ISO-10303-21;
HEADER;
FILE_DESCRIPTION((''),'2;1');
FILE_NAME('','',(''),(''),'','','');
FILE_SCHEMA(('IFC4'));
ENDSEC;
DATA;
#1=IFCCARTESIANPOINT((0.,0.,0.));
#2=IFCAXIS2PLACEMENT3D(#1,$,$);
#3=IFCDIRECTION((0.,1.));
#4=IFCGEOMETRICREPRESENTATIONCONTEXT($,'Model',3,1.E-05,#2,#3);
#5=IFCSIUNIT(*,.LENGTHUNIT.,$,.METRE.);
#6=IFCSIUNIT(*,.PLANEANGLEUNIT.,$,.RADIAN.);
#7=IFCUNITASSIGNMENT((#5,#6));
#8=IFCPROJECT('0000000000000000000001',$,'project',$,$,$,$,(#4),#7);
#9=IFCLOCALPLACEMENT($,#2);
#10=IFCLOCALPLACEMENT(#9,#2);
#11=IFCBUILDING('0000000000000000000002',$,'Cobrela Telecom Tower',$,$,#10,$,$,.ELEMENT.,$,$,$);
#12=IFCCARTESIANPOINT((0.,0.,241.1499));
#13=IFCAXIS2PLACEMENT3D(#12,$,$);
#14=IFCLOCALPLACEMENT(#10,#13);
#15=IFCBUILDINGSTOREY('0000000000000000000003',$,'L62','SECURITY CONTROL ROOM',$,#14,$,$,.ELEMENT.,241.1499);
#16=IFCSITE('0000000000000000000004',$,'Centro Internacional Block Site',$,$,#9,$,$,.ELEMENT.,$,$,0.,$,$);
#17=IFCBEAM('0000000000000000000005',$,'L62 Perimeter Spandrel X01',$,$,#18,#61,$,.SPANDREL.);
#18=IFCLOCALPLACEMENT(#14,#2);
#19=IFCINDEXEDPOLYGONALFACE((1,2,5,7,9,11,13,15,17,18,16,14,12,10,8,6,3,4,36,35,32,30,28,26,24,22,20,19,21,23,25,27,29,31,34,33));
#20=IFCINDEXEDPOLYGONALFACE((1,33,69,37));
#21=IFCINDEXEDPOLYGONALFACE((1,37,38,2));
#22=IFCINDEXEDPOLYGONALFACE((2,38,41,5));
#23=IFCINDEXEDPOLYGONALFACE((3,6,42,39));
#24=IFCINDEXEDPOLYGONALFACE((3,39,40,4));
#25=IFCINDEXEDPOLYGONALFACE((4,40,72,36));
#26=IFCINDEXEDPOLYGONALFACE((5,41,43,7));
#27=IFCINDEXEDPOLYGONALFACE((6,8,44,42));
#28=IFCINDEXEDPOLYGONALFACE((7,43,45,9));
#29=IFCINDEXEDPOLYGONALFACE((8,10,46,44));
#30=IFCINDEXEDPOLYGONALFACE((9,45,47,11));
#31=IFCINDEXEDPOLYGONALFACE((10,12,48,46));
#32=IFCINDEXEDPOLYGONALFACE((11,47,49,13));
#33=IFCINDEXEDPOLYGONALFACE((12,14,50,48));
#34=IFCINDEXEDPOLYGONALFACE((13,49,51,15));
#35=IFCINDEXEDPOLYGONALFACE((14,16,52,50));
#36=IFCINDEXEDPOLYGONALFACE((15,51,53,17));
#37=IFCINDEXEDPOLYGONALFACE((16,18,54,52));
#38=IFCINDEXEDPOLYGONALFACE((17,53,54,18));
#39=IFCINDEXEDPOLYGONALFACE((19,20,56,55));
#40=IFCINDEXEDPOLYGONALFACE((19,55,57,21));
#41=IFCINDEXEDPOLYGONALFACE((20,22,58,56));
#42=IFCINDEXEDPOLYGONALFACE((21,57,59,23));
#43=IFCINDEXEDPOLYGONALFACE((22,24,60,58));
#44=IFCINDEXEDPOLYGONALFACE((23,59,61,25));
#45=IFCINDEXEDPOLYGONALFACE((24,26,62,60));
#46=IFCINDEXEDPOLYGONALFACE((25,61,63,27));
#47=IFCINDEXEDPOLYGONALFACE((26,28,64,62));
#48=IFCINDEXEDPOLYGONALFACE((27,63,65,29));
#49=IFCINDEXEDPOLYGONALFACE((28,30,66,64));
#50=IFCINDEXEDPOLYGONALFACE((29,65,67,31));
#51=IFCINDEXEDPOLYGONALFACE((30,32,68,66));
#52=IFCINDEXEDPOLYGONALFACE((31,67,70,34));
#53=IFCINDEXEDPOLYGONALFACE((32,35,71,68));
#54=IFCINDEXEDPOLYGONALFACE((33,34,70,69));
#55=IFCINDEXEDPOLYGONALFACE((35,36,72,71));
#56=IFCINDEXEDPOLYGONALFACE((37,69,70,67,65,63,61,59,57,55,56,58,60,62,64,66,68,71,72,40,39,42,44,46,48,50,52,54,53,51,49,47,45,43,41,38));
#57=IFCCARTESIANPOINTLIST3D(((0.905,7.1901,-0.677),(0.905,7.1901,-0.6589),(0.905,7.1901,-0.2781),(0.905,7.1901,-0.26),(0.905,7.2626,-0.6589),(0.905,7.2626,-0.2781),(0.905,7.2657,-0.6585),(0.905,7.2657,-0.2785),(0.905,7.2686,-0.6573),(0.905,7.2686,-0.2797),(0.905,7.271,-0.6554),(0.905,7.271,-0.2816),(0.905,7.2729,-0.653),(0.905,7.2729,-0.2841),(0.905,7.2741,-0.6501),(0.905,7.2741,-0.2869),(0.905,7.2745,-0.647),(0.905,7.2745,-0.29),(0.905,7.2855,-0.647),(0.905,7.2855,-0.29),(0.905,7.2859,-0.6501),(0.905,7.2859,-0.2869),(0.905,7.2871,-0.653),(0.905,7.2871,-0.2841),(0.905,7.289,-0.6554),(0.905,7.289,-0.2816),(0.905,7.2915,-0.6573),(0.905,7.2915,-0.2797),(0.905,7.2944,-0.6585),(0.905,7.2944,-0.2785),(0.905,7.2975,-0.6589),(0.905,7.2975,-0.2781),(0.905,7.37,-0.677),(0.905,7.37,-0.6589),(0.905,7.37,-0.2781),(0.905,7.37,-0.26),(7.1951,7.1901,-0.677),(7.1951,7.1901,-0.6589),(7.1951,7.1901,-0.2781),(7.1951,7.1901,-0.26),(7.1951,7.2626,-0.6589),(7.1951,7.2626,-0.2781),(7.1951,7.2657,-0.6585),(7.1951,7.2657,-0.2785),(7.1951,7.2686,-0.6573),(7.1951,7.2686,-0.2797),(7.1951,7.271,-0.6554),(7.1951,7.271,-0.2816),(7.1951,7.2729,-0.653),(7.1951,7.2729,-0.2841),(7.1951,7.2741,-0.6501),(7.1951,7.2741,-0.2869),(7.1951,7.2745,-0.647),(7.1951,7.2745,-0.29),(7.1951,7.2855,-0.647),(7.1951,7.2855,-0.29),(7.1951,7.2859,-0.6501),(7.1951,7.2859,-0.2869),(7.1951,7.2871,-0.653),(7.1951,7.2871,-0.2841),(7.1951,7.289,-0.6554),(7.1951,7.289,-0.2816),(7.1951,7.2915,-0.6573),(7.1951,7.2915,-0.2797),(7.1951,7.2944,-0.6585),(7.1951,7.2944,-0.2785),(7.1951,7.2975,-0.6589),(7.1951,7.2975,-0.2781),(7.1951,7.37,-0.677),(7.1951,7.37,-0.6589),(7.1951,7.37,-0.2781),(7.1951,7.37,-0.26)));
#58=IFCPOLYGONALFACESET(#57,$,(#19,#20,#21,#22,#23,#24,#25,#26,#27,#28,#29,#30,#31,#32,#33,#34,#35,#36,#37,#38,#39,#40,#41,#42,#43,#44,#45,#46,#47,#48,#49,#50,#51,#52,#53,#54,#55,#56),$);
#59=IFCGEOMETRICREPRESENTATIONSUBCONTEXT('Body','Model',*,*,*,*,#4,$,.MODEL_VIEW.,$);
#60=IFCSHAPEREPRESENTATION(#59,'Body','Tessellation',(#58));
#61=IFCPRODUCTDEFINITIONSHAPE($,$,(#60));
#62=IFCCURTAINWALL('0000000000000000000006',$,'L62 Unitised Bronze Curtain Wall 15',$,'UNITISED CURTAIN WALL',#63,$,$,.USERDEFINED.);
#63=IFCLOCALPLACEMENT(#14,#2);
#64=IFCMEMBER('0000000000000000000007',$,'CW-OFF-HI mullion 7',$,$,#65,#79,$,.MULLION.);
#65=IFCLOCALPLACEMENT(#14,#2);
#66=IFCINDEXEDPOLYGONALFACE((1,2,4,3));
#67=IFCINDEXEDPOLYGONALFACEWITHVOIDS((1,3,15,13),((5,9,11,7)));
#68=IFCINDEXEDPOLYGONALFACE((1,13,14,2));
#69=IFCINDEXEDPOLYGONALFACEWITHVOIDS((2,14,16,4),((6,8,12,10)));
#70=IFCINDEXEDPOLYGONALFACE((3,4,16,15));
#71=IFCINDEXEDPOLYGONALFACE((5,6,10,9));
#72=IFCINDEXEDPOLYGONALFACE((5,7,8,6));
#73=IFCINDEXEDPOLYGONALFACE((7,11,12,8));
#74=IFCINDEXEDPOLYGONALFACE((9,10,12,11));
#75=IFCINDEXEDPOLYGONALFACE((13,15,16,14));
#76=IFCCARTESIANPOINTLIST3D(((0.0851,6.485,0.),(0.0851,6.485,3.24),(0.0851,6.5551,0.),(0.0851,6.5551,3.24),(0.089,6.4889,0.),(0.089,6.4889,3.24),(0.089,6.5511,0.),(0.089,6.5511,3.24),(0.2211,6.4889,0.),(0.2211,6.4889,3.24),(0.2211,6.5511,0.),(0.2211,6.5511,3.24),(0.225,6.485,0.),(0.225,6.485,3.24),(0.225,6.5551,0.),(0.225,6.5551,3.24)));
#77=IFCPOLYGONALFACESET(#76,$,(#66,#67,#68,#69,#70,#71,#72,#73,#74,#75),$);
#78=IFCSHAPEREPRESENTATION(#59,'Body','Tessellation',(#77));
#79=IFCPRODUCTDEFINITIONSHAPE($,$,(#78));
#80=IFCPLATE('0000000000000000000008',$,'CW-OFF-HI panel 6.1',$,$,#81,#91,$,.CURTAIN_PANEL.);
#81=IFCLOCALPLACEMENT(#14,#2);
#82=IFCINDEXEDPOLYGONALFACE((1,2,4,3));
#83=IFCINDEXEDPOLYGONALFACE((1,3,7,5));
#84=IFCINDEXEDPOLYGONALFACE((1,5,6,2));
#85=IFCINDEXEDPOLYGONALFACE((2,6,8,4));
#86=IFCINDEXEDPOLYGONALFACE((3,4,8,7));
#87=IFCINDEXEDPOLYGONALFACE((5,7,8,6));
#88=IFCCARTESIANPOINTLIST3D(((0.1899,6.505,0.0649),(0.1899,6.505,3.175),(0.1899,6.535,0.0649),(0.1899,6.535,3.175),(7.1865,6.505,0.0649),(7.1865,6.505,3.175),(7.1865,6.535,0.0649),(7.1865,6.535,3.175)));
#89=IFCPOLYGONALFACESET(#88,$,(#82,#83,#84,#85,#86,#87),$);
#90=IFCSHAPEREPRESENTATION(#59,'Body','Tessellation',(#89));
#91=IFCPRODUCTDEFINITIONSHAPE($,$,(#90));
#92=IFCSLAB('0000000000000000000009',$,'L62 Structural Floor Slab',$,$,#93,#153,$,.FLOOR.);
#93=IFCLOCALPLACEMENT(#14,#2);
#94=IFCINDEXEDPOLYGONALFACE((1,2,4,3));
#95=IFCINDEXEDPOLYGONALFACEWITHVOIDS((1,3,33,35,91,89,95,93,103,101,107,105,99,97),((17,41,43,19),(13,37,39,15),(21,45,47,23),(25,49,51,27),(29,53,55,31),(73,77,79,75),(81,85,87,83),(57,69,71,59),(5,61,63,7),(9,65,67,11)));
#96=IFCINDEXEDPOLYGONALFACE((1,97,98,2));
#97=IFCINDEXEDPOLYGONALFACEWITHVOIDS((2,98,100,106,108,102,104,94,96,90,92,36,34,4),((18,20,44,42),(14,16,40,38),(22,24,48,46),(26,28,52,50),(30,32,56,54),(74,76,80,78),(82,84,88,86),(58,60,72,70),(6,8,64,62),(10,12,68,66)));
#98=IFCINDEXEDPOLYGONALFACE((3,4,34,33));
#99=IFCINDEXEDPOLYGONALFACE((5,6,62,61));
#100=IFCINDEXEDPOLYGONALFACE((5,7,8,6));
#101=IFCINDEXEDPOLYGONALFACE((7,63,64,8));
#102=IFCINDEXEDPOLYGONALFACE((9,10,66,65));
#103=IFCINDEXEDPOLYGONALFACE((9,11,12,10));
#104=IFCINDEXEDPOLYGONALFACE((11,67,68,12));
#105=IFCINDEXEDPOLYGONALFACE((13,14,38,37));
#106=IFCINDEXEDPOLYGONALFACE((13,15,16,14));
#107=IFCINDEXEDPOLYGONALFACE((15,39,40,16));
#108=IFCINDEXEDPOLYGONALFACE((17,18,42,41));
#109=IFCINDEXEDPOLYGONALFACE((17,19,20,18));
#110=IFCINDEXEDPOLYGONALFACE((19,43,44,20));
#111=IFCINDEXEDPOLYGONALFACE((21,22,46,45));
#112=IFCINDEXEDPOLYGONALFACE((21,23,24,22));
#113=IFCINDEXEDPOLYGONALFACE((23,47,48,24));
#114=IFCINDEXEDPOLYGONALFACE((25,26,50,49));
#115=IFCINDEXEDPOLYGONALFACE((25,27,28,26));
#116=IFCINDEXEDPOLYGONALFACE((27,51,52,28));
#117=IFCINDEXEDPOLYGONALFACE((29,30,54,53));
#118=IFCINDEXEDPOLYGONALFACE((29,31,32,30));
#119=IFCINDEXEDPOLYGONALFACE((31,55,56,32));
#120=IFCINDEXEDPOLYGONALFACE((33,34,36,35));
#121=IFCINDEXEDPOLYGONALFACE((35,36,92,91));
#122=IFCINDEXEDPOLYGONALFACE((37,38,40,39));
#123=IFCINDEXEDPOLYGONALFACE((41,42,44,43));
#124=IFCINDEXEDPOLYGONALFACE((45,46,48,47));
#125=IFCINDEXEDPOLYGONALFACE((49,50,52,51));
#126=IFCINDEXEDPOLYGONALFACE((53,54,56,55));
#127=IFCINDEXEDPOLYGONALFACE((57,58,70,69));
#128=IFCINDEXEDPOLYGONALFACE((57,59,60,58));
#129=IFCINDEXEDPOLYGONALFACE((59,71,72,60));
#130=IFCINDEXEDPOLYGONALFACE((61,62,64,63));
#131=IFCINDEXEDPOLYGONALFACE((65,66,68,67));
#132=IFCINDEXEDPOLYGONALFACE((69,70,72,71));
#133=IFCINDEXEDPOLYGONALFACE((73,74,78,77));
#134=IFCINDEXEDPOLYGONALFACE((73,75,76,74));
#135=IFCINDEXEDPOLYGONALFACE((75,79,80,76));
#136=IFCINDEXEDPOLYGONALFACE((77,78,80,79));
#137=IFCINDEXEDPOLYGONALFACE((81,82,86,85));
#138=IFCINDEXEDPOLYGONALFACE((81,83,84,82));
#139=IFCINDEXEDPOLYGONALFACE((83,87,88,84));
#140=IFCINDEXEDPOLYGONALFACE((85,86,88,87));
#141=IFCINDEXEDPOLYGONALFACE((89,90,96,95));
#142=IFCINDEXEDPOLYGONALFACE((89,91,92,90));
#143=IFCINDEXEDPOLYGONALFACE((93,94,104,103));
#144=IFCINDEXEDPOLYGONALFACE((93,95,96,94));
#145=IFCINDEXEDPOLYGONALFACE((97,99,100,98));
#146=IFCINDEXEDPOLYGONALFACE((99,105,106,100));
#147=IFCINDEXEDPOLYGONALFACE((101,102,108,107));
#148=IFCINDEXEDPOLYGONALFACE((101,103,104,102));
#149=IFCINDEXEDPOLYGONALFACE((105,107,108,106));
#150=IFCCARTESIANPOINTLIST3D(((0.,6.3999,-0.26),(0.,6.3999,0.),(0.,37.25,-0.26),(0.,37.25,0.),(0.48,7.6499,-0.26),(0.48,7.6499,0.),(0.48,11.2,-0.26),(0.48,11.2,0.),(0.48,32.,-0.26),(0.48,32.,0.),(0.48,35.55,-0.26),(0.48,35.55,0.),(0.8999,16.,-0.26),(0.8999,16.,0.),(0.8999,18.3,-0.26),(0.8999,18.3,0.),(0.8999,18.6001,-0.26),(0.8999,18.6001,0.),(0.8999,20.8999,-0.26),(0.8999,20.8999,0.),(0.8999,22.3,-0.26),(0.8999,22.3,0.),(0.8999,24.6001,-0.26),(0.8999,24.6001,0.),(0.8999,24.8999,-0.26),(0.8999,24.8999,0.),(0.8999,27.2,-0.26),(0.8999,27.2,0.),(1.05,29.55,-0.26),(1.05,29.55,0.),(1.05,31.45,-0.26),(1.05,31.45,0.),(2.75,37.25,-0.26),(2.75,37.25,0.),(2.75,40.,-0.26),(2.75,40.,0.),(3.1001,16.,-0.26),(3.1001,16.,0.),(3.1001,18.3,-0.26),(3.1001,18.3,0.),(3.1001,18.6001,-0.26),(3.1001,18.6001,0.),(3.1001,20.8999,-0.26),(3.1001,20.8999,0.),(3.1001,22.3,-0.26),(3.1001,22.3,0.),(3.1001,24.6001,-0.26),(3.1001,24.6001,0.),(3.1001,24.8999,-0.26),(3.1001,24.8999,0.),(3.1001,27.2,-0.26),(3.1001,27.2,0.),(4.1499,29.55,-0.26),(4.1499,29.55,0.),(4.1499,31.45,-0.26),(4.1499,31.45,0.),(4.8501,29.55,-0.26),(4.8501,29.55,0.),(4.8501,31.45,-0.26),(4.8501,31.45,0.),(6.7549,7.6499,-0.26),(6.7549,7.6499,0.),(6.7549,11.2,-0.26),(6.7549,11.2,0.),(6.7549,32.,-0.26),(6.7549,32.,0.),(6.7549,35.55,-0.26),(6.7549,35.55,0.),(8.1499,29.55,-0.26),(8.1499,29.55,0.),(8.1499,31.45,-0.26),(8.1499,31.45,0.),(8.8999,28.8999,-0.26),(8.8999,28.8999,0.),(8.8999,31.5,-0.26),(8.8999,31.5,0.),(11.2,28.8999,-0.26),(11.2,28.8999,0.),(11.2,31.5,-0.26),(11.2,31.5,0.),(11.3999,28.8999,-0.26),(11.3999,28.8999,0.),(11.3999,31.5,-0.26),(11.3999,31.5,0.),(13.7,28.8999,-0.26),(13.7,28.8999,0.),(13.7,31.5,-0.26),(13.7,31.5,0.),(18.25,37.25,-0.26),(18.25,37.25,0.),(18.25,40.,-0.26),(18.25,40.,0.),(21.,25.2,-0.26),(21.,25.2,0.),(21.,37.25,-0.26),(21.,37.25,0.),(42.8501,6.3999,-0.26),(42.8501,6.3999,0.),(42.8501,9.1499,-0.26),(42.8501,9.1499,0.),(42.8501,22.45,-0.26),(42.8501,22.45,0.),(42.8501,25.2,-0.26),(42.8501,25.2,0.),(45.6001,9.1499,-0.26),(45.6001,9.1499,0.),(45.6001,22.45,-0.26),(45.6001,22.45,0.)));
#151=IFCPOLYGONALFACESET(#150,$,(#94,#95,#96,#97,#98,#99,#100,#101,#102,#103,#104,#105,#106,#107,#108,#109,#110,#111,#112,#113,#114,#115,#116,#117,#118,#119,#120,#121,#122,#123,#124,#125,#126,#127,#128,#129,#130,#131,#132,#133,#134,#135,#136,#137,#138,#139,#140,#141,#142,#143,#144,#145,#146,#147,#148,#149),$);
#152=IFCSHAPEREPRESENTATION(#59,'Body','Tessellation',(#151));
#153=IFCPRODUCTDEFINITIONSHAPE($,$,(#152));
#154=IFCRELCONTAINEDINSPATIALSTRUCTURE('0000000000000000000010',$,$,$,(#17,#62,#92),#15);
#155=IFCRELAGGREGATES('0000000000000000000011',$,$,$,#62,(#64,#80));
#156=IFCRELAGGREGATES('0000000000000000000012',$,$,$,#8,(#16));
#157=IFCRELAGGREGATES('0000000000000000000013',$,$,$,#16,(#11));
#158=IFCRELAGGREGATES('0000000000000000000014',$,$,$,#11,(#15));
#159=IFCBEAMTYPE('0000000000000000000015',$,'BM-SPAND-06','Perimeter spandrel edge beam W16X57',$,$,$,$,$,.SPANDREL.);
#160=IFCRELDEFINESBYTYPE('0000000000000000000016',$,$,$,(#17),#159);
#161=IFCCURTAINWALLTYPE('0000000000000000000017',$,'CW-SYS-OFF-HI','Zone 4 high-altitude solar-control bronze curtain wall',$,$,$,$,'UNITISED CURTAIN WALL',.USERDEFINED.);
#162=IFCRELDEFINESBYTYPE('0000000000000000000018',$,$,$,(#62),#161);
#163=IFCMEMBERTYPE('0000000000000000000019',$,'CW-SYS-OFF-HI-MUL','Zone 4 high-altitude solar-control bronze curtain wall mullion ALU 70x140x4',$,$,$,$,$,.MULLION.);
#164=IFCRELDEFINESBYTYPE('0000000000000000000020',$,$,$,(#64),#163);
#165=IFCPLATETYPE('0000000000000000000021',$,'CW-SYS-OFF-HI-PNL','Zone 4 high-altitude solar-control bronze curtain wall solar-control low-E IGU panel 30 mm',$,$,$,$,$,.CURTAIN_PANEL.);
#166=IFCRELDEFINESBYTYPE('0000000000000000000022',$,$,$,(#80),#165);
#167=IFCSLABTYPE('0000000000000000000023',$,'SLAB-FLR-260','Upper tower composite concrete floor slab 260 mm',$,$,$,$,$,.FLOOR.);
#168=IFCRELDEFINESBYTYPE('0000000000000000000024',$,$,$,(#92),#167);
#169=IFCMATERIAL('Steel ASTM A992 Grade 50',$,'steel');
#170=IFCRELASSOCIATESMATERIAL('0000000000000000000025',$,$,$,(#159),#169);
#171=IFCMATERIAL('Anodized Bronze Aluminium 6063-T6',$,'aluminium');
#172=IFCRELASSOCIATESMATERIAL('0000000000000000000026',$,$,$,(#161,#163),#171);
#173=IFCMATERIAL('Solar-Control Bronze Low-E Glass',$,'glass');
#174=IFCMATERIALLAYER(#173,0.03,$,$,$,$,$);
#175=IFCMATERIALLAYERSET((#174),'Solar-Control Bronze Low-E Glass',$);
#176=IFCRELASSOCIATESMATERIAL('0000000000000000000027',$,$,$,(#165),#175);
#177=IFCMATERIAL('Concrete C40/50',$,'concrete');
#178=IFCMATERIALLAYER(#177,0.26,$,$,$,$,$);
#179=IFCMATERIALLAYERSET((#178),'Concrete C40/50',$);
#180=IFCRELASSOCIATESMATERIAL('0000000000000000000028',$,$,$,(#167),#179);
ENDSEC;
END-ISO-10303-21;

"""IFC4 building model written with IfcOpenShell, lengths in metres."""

from ifc_helpers import new_model, si_unit, direction, frame, origin, origin_2d, place, context, subcontext, project, spatial, polyline, rectangle, hollow_rectangle, i_section, outline, extrude, material, layer, layer_set, material_profile, profile_set, type_object, element, aggregate, save


model = new_model("IFC4")

# Units and contexts
model_context = context("Model", 3, precision=1e-05, world=origin(), true_north=direction((0.0, 1.0)))
body_context = subcontext(model_context, "Body", "Model", "MODEL_VIEW")
ifc_project = project(units=[si_unit("LENGTHUNIT", "METRE"), si_unit("PLANEANGLEUNIT", "RADIAN")], contexts=[model_context])

# Site, building, storey
site_placement = place(None, origin())
site = spatial("IfcSite", under=ifc_project, at=site_placement, Name="Centro Internacional Block Site", CompositionType="ELEMENT", RefElevation=0.0)
building_placement = place(site_placement, origin())
building = spatial("IfcBuilding", under=site, at=building_placement, Name="Cobrela Telecom Tower", CompositionType="ELEMENT")
storey_placement = place(building_placement, frame((0.0, 0.0, 241.1499)))
storey = spatial("IfcBuildingStorey", under=building, at=storey_placement, Name="L62", Description="SECURITY CONTROL ROOM", CompositionType="ELEMENT", Elevation=241.1499)

# Beam
ifc_material_1 = material(Name="Steel ASTM A992 Grade 50", Category="steel")
ifc_material_profile_1 = material_profile(ifc_material_1, i_section(OverallWidth=0.1799, OverallDepth=0.417, WebThickness=0.011, FlangeThickness=0.0181, FilletRadius=0.012, at=origin_2d()), Name="W16X57")
ifc_profile_set_1 = profile_set([ifc_material_profile_1], Name="Steel ASTM A992 Grade 50")
beam_type = type_object("IfcBeamType", Name="BM-SPAND-06", Description="Perimeter spandrel edge beam W16X57", PredefinedType="SPANDREL", material=ifc_profile_set_1)
beam_placement = place(storey_placement, frame((0.905, 7.28, -0.4685), z_axis=(1.0, 0.0, 0.0), x_axis=(0.0, 1.0, 0.0)))
element("IfcBeam", 1, at=beam_placement, inside=storey, type_object=beam_type, Name="L62 Perimeter Spandrel X01", PredefinedType="SPANDREL", context=body_context, shape_type="SweptSolid", body=[
    extrude(i_section(OverallWidth=0.1799, OverallDepth=0.417, WebThickness=0.011, FlangeThickness=0.0181, FilletRadius=0.012, at=origin_2d()), origin(), (0.0, 0.0, 1.0), 6.29),
])

# Curtain wall, member, plate
ifc_material_2 = material(Name="Anodized Bronze Aluminium 6063-T6", Category="aluminium")
curtain_wall_type = type_object("IfcCurtainWallType", Name="CW-SYS-OFF-HI", Description="Zone 4 high-altitude solar-control bronze curtain wall", ElementType="UNITISED CURTAIN WALL", PredefinedType="USERDEFINED", material=ifc_material_2)
curtain_wall_placement = place(storey_placement, origin())
curtain_wall = element("IfcCurtainWall", 2, at=curtain_wall_placement, inside=storey, type_object=curtain_wall_type, Name="L62 Unitised Bronze Curtain Wall 15", ObjectType="UNITISED CURTAIN WALL", PredefinedType="USERDEFINED")
ifc_material_profile_2 = material_profile(ifc_material_2, hollow_rectangle(XDim=0.0701, YDim=0.1399, WallThickness=0.0039, at=origin_2d()), Name="ALU 70x140x4")
ifc_profile_set_2 = profile_set([ifc_material_profile_2], Name="Anodized Bronze Aluminium 6063-T6")
member_type = type_object("IfcMemberType", Name="CW-SYS-OFF-HI-MUL", Description="Zone 4 high-altitude solar-control bronze curtain wall mullion ALU 70x140x4", PredefinedType="MULLION", material=ifc_profile_set_2)
member_placement = place(storey_placement, frame((0.155, 6.52, 0.0), z_axis=(0.0, 0.0, 1.0), x_axis=(0.0, -1.0, 0.0)))
member = element("IfcMember", 3, at=member_placement, type_object=member_type, Name="CW-OFF-HI mullion 7", PredefinedType="MULLION", context=body_context, shape_type="SweptSolid", body=[
    extrude(hollow_rectangle(XDim=0.0701, YDim=0.1399, WallThickness=0.0039, at=origin_2d()), origin(), (0.0, 0.0, 1.0), 3.24),
])
ifc_material_3 = material(Name="Solar-Control Bronze Low-E Glass", Category="glass")
ifc_layer_1 = layer(ifc_material_3, 0.03)
ifc_layer_set_1 = layer_set([ifc_layer_1], Name="Solar-Control Bronze Low-E Glass")
plate_type = type_object("IfcPlateType", Name="CW-SYS-OFF-HI-PNL", Description="Zone 4 high-altitude solar-control bronze curtain wall solar-control low-E IGU panel 30 mm", PredefinedType="CURTAIN_PANEL", material=ifc_layer_set_1)
plate_placement = place(storey_placement, frame((3.6882, 6.52, 0.0649), z_axis=(0.0, 0.0, 1.0), x_axis=(-1.0, 0.0, 0.0)))
plate = element("IfcPlate", 4, at=plate_placement, type_object=plate_type, Name="CW-OFF-HI panel 6.1", PredefinedType="CURTAIN_PANEL", context=body_context, shape_type="SweptSolid", body=[
    extrude(rectangle(XDim=6.9966, YDim=0.03, at=origin_2d()), origin(), (0.0, 0.0, 1.0), 3.1101),
])
aggregate(curtain_wall, [member, plate])

# Slab, openings
ifc_material_4 = material(Name="Concrete C40/50", Category="concrete")
ifc_layer_2 = layer(ifc_material_4, 0.26)
ifc_layer_set_2 = layer_set([ifc_layer_2], Name="Concrete C40/50")
slab_type_1 = type_object("IfcSlabType", Name="SLAB-FLR-260", Description="Upper tower composite concrete floor slab 260 mm", PredefinedType="FLOOR", material=ifc_layer_set_2)
slab_1_placement = place(storey_placement, frame((0.0, 0.0, -0.26)))
slab_1 = element("IfcSlab", 5, at=slab_1_placement, inside=storey, type_object=slab_type_1, Name="L62 Structural Floor Slab", PredefinedType="FLOOR", context=body_context, shape_type="SweptSolid", body=[
    extrude(outline(polyline([(0.0, 6.3999), (42.8501, 6.3999), (42.8501, 9.1499), (45.6001, 9.1499), (45.6001, 22.45), (42.8501, 22.45), (42.8501, 25.2), (21.0, 25.2), (21.0, 37.25), (18.25, 37.25), (18.25, 40.0), (2.75, 40.0), (2.75, 37.25), (0.0, 37.25), (0.0, 6.3999)])), origin(), (0.0, 0.0, 1.0), 0.26),
])
opening_1_placement = place(slab_1_placement, frame((0.0, 0.0, -0.02)))
element("IfcOpeningElement", 6, at=opening_1_placement, cuts=slab_1, PredefinedType="OPENING", context=body_context, shape_type="SweptSolid", body=[
    extrude(outline(polyline([(8.8999, 28.8999), (11.2, 28.8999), (11.2, 31.5), (8.8999, 31.5), (8.8999, 28.8999)])), origin(), (0.0, 0.0, 1.0), 0.3),
])
opening_2_placement = place(slab_1_placement, frame((0.0, 0.0, -0.02)))
element("IfcOpeningElement", 7, at=opening_2_placement, cuts=slab_1, PredefinedType="OPENING", context=body_context, shape_type="SweptSolid", body=[
    extrude(outline(polyline([(11.3999, 28.8999), (13.7, 28.8999), (13.7, 31.5), (11.3999, 31.5), (11.3999, 28.8999)])), origin(), (0.0, 0.0, 1.0), 0.3),
])
opening_3_placement = place(slab_1_placement, frame((0.0, 0.0, -0.02)))
element("IfcOpeningElement", 8, at=opening_3_placement, cuts=slab_1, PredefinedType="OPENING", context=body_context, shape_type="SweptSolid", body=[
    extrude(outline(polyline([(0.8999, 16.0), (3.1001, 16.0), (3.1001, 18.3), (0.8999, 18.3), (0.8999, 16.0)])), origin(), (0.0, 0.0, 1.0), 0.3),
])
opening_4_placement = place(slab_1_placement, frame((0.0, 0.0, -0.02)))
element("IfcOpeningElement", 9, at=opening_4_placement, cuts=slab_1, PredefinedType="OPENING", context=body_context, shape_type="SweptSolid", body=[
    extrude(outline(polyline([(0.8999, 18.6001), (3.1001, 18.6001), (3.1001, 20.8999), (0.8999, 20.8999), (0.8999, 18.6001)])), origin(), (0.0, 0.0, 1.0), 0.3),
])
opening_5_placement = place(slab_1_placement, frame((0.0, 0.0, -0.02)))
element("IfcOpeningElement", 10, at=opening_5_placement, cuts=slab_1, PredefinedType="OPENING", context=body_context, shape_type="SweptSolid", body=[
    extrude(outline(polyline([(0.8999, 22.3), (3.1001, 22.3), (3.1001, 24.6001), (0.8999, 24.6001), (0.8999, 22.3)])), origin(), (0.0, 0.0, 1.0), 0.3),
])
opening_6_placement = place(slab_1_placement, frame((0.0, 0.0, -0.02)))
element("IfcOpeningElement", 11, at=opening_6_placement, cuts=slab_1, PredefinedType="OPENING", context=body_context, shape_type="SweptSolid", body=[
    extrude(outline(polyline([(0.8999, 24.8999), (3.1001, 24.8999), (3.1001, 27.2), (0.8999, 27.2), (0.8999, 24.8999)])), origin(), (0.0, 0.0, 1.0), 0.3),
])
opening_7_placement = place(slab_1_placement, frame((0.0, 0.0, -0.02)))
element("IfcOpeningElement", 12, at=opening_7_placement, cuts=slab_1, PredefinedType="OPENING", context=body_context, shape_type="SweptSolid", body=[
    extrude(outline(polyline([(1.05, 29.55), (4.1499, 29.55), (4.1499, 31.45), (1.05, 31.45), (1.05, 29.55)])), origin(), (0.0, 0.0, 1.0), 0.3),
])
opening_8_placement = place(slab_1_placement, frame((0.0, 0.0, -0.02)))
element("IfcOpeningElement", 13, at=opening_8_placement, cuts=slab_1, PredefinedType="OPENING", context=body_context, shape_type="SweptSolid", body=[
    extrude(outline(polyline([(4.8501, 29.55), (8.1499, 29.55), (8.1499, 31.45), (4.8501, 31.45), (4.8501, 29.55)])), origin(), (0.0, 0.0, 1.0), 0.3),
])
opening_9_placement = place(slab_1_placement, frame((0.0, 0.0, -0.02)))
element("IfcOpeningElement", 14, at=opening_9_placement, cuts=slab_1, PredefinedType="OPENING", context=body_context, shape_type="SweptSolid", body=[
    extrude(outline(polyline([(6.7549, 35.55), (0.48, 35.55), (0.48, 32.0), (6.7549, 32.0), (6.7549, 35.55)])), origin(), (0.0, 0.0, 1.0), 0.3),
])
opening_10_placement = place(slab_1_placement, frame((0.0, 0.0, -0.02)))
element("IfcOpeningElement", 15, at=opening_10_placement, cuts=slab_1, PredefinedType="OPENING", context=body_context, shape_type="SweptSolid", body=[
    extrude(outline(polyline([(6.7549, 11.2), (0.48, 11.2), (0.48, 7.6499), (6.7549, 7.6499), (6.7549, 11.2)])), origin(), (0.0, 0.0, 1.0), 0.3),
])

save(model, "model.ifc")
